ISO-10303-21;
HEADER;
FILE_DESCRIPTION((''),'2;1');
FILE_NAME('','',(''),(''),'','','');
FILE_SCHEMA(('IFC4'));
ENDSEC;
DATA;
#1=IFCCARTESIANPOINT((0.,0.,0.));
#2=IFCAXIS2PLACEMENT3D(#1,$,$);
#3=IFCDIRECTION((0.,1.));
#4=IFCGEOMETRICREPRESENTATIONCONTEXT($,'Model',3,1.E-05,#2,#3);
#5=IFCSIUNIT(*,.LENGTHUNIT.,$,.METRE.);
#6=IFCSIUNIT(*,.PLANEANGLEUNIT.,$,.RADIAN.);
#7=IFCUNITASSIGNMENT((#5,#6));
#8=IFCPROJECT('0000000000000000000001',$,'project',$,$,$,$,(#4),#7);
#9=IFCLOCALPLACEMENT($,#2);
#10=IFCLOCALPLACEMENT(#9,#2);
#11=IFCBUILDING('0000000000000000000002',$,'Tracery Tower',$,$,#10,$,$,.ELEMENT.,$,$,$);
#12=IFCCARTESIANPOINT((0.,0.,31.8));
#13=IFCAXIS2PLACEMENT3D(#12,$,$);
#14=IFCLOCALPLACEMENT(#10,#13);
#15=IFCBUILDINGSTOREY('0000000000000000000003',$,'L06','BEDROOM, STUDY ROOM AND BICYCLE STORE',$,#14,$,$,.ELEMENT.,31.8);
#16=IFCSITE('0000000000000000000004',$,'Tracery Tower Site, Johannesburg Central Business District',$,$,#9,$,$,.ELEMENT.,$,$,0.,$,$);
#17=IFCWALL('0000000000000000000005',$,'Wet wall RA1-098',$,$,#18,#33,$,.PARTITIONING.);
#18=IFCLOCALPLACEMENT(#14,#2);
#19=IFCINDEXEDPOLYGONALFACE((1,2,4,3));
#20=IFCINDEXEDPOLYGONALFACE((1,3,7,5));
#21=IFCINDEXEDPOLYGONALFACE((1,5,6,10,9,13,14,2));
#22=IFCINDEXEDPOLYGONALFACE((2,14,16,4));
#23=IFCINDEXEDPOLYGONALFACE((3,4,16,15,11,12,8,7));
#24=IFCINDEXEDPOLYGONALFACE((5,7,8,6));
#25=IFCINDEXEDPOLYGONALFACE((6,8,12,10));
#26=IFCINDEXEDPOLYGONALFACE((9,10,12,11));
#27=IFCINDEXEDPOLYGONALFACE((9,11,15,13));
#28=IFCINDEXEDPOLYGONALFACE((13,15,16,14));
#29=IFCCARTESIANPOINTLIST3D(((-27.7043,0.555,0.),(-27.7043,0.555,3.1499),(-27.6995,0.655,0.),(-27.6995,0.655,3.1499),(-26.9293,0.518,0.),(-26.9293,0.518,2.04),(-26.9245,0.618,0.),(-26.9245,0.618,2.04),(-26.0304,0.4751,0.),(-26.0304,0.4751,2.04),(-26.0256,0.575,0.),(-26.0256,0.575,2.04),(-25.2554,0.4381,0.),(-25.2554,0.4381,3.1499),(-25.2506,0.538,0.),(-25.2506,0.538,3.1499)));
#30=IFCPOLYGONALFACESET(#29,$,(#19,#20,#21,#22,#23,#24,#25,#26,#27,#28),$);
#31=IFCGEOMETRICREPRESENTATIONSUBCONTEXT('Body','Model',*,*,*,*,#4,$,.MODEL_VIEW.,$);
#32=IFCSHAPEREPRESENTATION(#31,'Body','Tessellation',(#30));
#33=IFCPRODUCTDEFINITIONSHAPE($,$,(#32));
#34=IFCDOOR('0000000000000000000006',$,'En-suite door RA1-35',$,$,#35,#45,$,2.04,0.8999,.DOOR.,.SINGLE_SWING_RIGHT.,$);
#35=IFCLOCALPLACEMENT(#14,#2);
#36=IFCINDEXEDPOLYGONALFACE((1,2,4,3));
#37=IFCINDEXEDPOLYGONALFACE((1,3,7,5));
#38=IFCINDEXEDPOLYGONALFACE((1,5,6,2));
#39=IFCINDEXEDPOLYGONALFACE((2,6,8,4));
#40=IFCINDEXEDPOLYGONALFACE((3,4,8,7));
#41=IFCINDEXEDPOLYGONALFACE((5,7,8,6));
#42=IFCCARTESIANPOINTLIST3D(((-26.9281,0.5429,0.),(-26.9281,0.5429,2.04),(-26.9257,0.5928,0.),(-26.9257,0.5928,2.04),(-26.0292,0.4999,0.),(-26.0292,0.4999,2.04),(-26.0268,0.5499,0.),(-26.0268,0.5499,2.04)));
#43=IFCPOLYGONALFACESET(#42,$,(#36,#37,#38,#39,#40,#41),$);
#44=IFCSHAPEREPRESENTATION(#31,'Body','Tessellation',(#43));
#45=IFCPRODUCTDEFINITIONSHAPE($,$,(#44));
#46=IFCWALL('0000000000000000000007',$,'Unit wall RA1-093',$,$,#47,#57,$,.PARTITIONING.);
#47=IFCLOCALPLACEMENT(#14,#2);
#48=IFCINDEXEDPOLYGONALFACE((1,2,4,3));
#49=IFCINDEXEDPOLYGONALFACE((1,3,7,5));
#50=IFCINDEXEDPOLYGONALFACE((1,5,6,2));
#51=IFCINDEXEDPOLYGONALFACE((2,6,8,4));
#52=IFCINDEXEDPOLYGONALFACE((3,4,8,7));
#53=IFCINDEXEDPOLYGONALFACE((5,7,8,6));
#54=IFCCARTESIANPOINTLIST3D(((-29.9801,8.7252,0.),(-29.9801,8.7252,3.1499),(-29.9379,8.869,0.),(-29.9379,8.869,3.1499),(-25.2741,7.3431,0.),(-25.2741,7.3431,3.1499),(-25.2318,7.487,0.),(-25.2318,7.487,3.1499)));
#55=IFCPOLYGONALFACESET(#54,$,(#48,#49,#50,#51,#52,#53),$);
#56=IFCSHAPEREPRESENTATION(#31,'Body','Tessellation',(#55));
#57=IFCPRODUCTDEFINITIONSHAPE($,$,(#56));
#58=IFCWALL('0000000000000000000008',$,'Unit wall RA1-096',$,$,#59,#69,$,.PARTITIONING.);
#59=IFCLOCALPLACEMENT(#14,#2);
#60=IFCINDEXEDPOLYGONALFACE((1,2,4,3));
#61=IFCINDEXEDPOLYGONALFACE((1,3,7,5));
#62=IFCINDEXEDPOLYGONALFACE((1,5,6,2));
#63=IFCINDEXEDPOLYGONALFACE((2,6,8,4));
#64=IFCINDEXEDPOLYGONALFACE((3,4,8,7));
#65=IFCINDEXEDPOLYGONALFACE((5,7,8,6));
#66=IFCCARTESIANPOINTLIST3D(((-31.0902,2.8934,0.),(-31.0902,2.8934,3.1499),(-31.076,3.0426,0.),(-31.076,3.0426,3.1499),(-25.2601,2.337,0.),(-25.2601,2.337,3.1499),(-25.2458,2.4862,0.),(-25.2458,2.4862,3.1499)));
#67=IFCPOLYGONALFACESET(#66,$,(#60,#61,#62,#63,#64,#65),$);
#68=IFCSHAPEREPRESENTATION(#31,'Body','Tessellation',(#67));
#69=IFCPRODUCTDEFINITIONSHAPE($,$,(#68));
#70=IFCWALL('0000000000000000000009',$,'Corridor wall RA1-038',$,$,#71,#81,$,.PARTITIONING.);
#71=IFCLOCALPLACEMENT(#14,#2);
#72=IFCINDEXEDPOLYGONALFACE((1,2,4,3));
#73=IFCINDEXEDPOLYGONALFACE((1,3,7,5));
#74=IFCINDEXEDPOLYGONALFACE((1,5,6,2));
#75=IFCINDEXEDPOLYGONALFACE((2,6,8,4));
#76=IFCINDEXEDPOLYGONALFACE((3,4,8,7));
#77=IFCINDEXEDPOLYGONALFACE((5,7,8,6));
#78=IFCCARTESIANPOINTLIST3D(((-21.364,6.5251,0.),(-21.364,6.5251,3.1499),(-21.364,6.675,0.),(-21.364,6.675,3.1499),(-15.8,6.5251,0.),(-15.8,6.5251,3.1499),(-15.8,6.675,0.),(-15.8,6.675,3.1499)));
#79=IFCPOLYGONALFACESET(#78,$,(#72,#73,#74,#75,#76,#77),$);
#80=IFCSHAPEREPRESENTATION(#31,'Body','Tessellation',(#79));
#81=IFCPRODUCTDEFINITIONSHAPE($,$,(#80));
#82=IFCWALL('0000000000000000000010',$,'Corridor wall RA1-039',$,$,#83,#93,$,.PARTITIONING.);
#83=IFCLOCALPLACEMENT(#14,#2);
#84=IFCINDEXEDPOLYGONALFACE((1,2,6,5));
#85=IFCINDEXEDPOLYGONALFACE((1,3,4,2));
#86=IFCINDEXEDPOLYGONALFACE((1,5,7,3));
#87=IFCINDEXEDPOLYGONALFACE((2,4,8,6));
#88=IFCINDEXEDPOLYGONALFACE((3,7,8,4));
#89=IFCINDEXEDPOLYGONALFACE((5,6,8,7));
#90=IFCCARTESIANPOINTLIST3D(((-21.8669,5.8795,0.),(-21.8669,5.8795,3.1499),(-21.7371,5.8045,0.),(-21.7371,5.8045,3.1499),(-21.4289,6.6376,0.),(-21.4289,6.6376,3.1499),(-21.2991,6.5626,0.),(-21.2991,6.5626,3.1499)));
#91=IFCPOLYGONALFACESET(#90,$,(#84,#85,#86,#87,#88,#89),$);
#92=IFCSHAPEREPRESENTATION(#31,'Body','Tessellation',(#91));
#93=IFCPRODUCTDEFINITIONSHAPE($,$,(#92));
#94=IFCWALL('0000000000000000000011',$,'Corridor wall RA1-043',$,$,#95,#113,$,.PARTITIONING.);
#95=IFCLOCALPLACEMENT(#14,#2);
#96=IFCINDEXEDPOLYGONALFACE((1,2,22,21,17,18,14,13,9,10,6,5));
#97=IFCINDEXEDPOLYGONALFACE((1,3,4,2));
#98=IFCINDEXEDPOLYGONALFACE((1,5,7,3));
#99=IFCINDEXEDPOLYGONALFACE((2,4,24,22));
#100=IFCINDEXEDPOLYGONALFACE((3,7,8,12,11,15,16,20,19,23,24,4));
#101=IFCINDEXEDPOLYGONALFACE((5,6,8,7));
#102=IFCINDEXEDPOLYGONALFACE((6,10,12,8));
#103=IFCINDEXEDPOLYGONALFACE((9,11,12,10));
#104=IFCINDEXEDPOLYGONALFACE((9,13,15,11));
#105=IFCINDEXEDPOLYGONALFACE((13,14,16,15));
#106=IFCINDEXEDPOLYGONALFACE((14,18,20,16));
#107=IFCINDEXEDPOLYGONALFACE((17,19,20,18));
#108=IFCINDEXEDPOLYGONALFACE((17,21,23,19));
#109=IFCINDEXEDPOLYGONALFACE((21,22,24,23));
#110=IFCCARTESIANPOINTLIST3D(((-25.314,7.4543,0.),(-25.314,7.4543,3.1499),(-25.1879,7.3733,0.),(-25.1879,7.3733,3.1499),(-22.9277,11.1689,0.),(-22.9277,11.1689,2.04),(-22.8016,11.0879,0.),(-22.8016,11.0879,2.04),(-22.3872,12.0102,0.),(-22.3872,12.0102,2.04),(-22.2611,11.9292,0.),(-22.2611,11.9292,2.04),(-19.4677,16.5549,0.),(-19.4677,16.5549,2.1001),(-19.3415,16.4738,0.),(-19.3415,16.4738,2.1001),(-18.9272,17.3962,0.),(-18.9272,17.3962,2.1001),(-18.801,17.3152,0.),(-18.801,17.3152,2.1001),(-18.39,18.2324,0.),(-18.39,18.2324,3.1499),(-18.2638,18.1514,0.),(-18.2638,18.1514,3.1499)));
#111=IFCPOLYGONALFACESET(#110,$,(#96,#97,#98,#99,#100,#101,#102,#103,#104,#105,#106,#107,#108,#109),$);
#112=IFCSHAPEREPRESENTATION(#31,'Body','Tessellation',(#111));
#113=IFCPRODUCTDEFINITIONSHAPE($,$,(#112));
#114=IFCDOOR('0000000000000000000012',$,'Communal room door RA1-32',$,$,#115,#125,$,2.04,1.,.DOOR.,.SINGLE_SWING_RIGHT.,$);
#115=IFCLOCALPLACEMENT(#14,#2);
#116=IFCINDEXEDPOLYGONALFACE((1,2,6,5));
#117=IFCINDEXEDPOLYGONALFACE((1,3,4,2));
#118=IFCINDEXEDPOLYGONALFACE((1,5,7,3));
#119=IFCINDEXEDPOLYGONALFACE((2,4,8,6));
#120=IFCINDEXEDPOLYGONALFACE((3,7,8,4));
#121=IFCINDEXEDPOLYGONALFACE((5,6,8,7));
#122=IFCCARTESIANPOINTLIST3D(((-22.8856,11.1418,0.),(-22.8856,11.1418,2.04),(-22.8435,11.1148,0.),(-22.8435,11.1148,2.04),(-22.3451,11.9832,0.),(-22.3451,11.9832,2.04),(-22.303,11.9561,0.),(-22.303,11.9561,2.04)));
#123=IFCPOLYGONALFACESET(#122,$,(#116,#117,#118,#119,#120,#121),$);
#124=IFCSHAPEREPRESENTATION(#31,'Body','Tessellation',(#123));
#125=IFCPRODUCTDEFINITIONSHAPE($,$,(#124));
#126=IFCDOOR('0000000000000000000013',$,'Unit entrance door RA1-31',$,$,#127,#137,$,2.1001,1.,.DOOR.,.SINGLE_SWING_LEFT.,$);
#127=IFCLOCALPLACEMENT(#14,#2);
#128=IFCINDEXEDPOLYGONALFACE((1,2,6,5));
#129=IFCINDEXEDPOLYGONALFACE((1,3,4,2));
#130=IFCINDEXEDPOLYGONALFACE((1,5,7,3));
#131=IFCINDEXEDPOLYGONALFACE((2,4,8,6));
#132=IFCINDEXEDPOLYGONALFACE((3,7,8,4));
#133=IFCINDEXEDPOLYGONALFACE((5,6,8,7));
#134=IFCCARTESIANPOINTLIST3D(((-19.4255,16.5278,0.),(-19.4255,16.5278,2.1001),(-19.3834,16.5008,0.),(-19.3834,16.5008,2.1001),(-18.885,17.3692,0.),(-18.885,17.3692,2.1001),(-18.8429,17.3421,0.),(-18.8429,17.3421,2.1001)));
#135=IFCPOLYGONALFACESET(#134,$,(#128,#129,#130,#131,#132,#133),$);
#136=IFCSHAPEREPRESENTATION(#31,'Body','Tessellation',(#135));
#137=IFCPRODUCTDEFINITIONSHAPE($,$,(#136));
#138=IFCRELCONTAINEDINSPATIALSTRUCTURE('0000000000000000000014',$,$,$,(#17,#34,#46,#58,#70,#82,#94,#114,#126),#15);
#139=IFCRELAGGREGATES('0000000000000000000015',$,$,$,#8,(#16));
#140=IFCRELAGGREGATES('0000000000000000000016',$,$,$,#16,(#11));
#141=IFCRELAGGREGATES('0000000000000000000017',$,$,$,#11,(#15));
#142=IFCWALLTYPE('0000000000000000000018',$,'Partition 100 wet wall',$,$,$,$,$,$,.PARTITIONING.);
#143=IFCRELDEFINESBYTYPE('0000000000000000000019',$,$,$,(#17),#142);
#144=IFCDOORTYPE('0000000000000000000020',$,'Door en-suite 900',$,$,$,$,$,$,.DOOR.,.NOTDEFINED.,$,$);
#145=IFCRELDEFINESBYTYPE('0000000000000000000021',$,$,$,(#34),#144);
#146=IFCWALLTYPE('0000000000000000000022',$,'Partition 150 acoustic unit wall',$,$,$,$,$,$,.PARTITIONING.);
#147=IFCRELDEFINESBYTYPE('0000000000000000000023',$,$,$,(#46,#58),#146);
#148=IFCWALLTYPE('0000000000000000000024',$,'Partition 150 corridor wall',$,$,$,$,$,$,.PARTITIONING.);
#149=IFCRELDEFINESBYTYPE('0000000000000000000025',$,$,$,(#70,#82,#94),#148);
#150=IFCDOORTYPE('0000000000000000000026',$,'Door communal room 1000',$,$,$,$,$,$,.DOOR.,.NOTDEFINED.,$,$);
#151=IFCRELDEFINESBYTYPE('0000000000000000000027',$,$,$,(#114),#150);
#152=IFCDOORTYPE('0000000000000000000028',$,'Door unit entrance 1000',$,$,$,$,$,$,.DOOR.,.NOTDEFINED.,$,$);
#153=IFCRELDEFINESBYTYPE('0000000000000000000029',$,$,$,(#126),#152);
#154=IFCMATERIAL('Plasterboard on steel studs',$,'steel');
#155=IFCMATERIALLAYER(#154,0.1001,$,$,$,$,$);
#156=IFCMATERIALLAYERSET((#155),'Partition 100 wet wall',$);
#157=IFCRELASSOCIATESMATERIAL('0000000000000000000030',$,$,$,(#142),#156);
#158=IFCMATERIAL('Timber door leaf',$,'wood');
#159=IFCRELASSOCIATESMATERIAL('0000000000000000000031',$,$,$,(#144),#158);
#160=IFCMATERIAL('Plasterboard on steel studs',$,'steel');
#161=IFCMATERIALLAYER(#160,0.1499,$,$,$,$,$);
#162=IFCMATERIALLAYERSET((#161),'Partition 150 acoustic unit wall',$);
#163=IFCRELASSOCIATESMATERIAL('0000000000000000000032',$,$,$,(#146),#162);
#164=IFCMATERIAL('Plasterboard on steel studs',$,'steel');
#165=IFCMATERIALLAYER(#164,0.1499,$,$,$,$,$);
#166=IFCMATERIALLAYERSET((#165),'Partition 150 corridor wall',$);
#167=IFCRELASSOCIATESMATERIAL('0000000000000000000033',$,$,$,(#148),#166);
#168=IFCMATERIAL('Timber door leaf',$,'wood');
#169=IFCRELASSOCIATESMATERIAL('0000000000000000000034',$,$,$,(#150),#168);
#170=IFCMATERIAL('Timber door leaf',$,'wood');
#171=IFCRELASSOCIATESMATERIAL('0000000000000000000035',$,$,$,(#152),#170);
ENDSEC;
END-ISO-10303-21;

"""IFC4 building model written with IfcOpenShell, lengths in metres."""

from ifc_helpers import new_model, si_unit, direction, frame, frame_2d, origin, place, context, subcontext, project, spatial, rectangle, extrude, material, layer, layer_set, type_object, element, fill, save


model = new_model("IFC4")

# Units and contexts
model_context = context("Model", 3, precision=1e-05, world=origin(), true_north=direction((0.0, 1.0)))
body_context = subcontext(model_context, "Body", "Model", "MODEL_VIEW")
ifc_project = project(units=[si_unit("LENGTHUNIT", "METRE"), si_unit("PLANEANGLEUNIT", "RADIAN")], contexts=[model_context])

# Site, building, storey
site_placement = place(None, origin())
site = spatial("IfcSite", under=ifc_project, at=site_placement, Name="Tracery Tower Site, Johannesburg Central Business District", CompositionType="ELEMENT", RefElevation=0.0)
building_placement = place(site_placement, origin())
building = spatial("IfcBuilding", under=site, at=building_placement, Name="Tracery Tower", CompositionType="ELEMENT")
storey_placement = place(building_placement, frame((0.0, 0.0, 31.8)))
storey = spatial("IfcBuildingStorey", under=building, at=storey_placement, Name="L06", Description="BEDROOM, STUDY ROOM AND BICYCLE STORE", CompositionType="ELEMENT", Elevation=31.8)

# Shared definitions
ifc_material_1 = material(Name="Plasterboard on steel studs", Category="steel")
ifc_layer_1 = layer(ifc_material_1, 0.1001)
ifc_layer_set_1 = layer_set([ifc_layer_1], Name="Partition 100 wet wall")
wall_type_1 = type_object("IfcWallType", Name="Partition 100 wet wall", PredefinedType="PARTITIONING", material=ifc_layer_set_1)
ifc_material_2 = material(Name="Timber door leaf", Category="wood")
door_type_1 = type_object("IfcDoorType", Name="Door en-suite 900", OperationType="NOTDEFINED", PredefinedType="DOOR", material=ifc_material_2)

# Wall, opening, door
wall_1_placement = place(storey_placement, frame((-27.7019, 0.605, 0.0), z_axis=(0.0, 0.0, 1.0), x_axis=(0.998862, -0.047698, 0.0)))
wall_1 = element("IfcWall", 1, at=wall_1_placement, inside=storey, type_object=wall_type_1, Name="Wet wall RA1-098", PredefinedType="PARTITIONING", context=body_context, shape_type="SweptSolid", body=[
    extrude(rectangle(XDim=2.4517, YDim=0.1001, at=frame_2d((1.2258, 0.0))), origin(), (0.0, 0.0, 1.0), 3.1499),
])
opening_1_placement = place(wall_1_placement, frame((0.7759, 0.0, 0.0)))
opening_1 = element("IfcOpeningElement", 2, at=opening_1_placement, cuts=wall_1, PredefinedType="OPENING", context=body_context, shape_type="SweptSolid", body=[
    extrude(rectangle(XDim=0.8999, YDim=2.04, at=frame_2d((0.45, 1.02))), frame((0.0, 0.05, 0.0), z_axis=(0.0, -1.0, 0.0), x_axis=(1.0, 0.0, 0.0)), (0.0, 0.0, 1.0), 0.1001),
])
door_1_placement = place(opening_1_placement, origin())
door_1 = element("IfcDoor", 3, at=door_1_placement, inside=storey, type_object=door_type_1, Name="En-suite door RA1-35", OperationType="SINGLE_SWING_RIGHT", OverallHeight=2.04, OverallWidth=0.8999, PredefinedType="DOOR", context=body_context, shape_type="SweptSolid", body=[
    extrude(rectangle(XDim=0.8999, YDim=2.04, at=frame_2d((0.45, 1.02))), frame((0.0, 0.0249, 0.0), z_axis=(0.0, -1.0, 0.0), x_axis=(1.0, 0.0, 0.0)), (0.0, 0.0, 1.0), 0.05),
])
fill(opening_1, door_1)

# Walls
ifc_material_3 = material(Name="Plasterboard on steel studs", Category="steel")
ifc_layer_2 = layer(ifc_material_3, 0.1499)
ifc_layer_set_2 = layer_set([ifc_layer_2], Name="Partition 150 acoustic unit wall")
wall_type_2 = type_object("IfcWallType", Name="Partition 150 acoustic unit wall", PredefinedType="PARTITIONING", material=ifc_layer_set_2)
wall_2_placement = place(storey_placement, frame((-29.959, 8.7971, 0.0), z_axis=(0.0, 0.0, 1.0), x_axis=(0.959479, -0.281781, 0.0)))
element("IfcWall", 4, at=wall_2_placement, inside=storey, type_object=wall_type_2, Name="Unit wall RA1-093", PredefinedType="PARTITIONING", context=body_context, shape_type="SweptSolid", body=[
    extrude(rectangle(XDim=4.9048, YDim=0.1499, at=frame_2d((2.4524, 0.0))), origin(), (0.0, 0.0, 1.0), 3.1499),
])
wall_3_placement = place(storey_placement, frame((-31.083, 2.968, 0.0), z_axis=(0.0, 0.0, 1.0), x_axis=(0.995477, -0.095004, 0.0)))
element("IfcWall", 5, at=wall_3_placement, inside=storey, type_object=wall_type_2, Name="Unit wall RA1-096", PredefinedType="PARTITIONING", context=body_context, shape_type="SweptSolid", body=[
    extrude(rectangle(XDim=5.8567, YDim=0.1499, at=frame_2d((2.9282, 0.0))), origin(), (0.0, 0.0, 1.0), 3.1499),
])
ifc_material_4 = material(Name="Plasterboard on steel studs", Category="steel")
ifc_layer_3 = layer(ifc_material_4, 0.1499)
ifc_layer_set_3 = layer_set([ifc_layer_3], Name="Partition 150 corridor wall")
wall_type_3 = type_object("IfcWallType", Name="Partition 150 corridor wall", PredefinedType="PARTITIONING", material=ifc_layer_set_3)
wall_4_placement = place(storey_placement, frame((-21.364, 6.6001, 0.0), z_axis=(0.0, 0.0, 1.0), x_axis=(1.0, 0.0, 0.0)))
element("IfcWall", 6, at=wall_4_placement, inside=storey, type_object=wall_type_3, Name="Corridor wall RA1-038", PredefinedType="PARTITIONING", context=body_context, shape_type="SweptSolid", body=[
    extrude(rectangle(XDim=5.564, YDim=0.1499, at=frame_2d((2.782, 0.0))), origin(), (0.0, 0.0, 1.0), 3.1499),
])
wall_5_placement = place(storey_placement, frame((-21.802, 5.842, 0.0), z_axis=(0.0, 0.0, 1.0), x_axis=(0.500278, 0.865865, 0.0)))
element("IfcWall", 7, at=wall_5_placement, inside=storey, type_object=wall_type_3, Name="Corridor wall RA1-039", PredefinedType="PARTITIONING", context=body_context, shape_type="SweptSolid", body=[
    extrude(rectangle(XDim=0.8755, YDim=0.1499, at=frame_2d((0.4377, 0.0))), origin(), (0.0, 0.0, 1.0), 3.1499),
])

# Wall, openings, doors
wall_6_placement = place(storey_placement, frame((-25.251, 7.4138, 0.0), z_axis=(0.0, 0.0, 1.0), x_axis=(0.540498, 0.841345, 0.0)))
wall_6 = element("IfcWall", 8, at=wall_6_placement, inside=storey, type_object=wall_type_3, Name="Corridor wall RA1-043", PredefinedType="PARTITIONING", context=body_context, shape_type="SweptSolid", body=[
    extrude(rectangle(XDim=12.8105, YDim=0.1499, at=frame_2d((6.4053, 0.0))), origin(), (0.0, 0.0, 1.0), 3.1499),
])
opening_2_placement = place(wall_6_placement, frame((10.8167, 0.0, 0.0)))
opening_2 = element("IfcOpeningElement", 9, at=opening_2_placement, cuts=wall_6, PredefinedType="OPENING", context=body_context, shape_type="SweptSolid", body=[
    extrude(rectangle(XDim=1.0, YDim=2.1001, at=frame_2d((0.5, 1.05))), frame((0.0, 0.075, 0.0), z_axis=(0.0, -1.0, 0.0), x_axis=(1.0, 0.0, 0.0)), (0.0, 0.0, 1.0), 0.1499),
])
opening_3_placement = place(wall_6_placement, frame((4.415, 0.0, 0.0)))
opening_3 = element("IfcOpeningElement", 10, at=opening_3_placement, cuts=wall_6, PredefinedType="OPENING", context=body_context, shape_type="SweptSolid", body=[
    extrude(rectangle(XDim=1.0, YDim=2.04, at=frame_2d((0.5, 1.02))), frame((0.0, 0.075, 0.0), z_axis=(0.0, -1.0, 0.0), x_axis=(1.0, 0.0, 0.0)), (0.0, 0.0, 1.0), 0.1499),
])
ifc_material_5 = material(Name="Timber door leaf", Category="wood")
door_type_2 = type_object("IfcDoorType", Name="Door communal room 1000", OperationType="NOTDEFINED", PredefinedType="DOOR", material=ifc_material_5)
door_2_placement = place(opening_3_placement, origin())
door_2 = element("IfcDoor", 11, at=door_2_placement, inside=storey, type_object=door_type_2, Name="Communal room door RA1-32", OperationType="SINGLE_SWING_RIGHT", OverallHeight=2.04, OverallWidth=1.0, PredefinedType="DOOR", context=body_context, shape_type="SweptSolid", body=[
    extrude(rectangle(XDim=1.0, YDim=2.04, at=frame_2d((0.5, 1.02))), frame((0.0, 0.0249, 0.0), z_axis=(0.0, -1.0, 0.0), x_axis=(1.0, 0.0, 0.0)), (0.0, 0.0, 1.0), 0.05),
])
fill(opening_3, door_2)
ifc_material_6 = material(Name="Timber door leaf", Category="wood")
door_type_3 = type_object("IfcDoorType", Name="Door unit entrance 1000", OperationType="NOTDEFINED", PredefinedType="DOOR", material=ifc_material_6)
door_3_placement = place(opening_2_placement, origin())
door_3 = element("IfcDoor", 12, at=door_3_placement, inside=storey, type_object=door_type_3, Name="Unit entrance door RA1-31", OperationType="SINGLE_SWING_LEFT", OverallHeight=2.1001, OverallWidth=1.0, PredefinedType="DOOR", context=body_context, shape_type="SweptSolid", body=[
    extrude(rectangle(XDim=1.0, YDim=2.1001, at=frame_2d((0.5, 1.05))), frame((0.0, 0.0249, 0.0), z_axis=(0.0, -1.0, 0.0), x_axis=(1.0, 0.0, 0.0)), (0.0, 0.0, 1.0), 0.05),
])
fill(opening_2, door_3)

save(model, "model.ifc")
